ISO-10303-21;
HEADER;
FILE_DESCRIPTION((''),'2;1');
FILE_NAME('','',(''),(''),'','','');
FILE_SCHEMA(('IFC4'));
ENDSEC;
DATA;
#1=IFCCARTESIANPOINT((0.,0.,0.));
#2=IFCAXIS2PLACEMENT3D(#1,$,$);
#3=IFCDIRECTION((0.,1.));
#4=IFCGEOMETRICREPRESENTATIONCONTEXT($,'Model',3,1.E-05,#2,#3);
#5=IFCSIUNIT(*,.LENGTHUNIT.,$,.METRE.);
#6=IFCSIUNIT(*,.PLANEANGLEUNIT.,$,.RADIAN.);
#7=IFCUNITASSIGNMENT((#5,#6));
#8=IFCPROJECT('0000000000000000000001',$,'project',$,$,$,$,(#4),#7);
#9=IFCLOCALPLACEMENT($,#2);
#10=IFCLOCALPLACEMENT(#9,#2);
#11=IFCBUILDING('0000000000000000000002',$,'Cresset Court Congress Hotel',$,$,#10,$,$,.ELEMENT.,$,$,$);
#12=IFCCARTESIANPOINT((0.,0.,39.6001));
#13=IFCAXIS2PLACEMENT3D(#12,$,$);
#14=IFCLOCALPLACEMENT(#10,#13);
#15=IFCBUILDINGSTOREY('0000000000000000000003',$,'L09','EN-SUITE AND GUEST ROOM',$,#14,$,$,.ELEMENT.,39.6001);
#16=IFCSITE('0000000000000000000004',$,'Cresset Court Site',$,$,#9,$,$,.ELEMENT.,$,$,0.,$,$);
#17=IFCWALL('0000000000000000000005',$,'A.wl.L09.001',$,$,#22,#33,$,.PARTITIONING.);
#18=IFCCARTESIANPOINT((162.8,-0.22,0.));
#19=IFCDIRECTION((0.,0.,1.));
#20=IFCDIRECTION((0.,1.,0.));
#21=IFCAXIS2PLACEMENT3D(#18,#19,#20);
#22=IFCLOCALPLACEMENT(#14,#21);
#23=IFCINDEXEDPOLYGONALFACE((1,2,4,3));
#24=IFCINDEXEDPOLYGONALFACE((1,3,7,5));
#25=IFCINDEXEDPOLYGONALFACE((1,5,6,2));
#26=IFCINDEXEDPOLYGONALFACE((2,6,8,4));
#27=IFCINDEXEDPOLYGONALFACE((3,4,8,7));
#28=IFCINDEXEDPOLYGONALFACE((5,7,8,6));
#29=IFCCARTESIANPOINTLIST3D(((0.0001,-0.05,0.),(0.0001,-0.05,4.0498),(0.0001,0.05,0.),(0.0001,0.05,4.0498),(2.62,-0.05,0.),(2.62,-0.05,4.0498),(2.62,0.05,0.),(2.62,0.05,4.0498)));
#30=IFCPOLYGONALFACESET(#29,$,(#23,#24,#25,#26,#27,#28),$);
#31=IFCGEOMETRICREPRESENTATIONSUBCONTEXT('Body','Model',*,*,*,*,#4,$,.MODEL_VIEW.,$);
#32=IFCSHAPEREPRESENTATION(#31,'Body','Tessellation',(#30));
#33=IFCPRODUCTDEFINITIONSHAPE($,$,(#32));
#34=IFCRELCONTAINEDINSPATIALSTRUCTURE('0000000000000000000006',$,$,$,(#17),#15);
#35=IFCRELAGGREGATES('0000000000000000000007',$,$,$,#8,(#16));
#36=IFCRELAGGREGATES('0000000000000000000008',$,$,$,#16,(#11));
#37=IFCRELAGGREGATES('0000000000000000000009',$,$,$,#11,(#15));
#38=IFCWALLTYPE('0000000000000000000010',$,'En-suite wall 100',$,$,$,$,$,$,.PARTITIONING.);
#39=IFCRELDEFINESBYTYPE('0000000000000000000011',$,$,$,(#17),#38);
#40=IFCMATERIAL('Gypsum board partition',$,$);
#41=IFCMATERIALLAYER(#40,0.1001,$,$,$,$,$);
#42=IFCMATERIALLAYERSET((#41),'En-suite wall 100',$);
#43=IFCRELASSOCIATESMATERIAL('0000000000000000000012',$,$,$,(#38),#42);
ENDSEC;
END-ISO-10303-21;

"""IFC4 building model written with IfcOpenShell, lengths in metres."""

from ifc_helpers import new_model, si_unit, direction, frame, frame_2d, origin, place, context, subcontext, project, spatial, rectangle, extrude, material, layer, layer_set, type_object, element, save


model = new_model("IFC4")

# Units and contexts
model_context = context("Model", 3, precision=1e-05, world=origin(), true_north=direction((0.0, 1.0)))
body_context = subcontext(model_context, "Body", "Model", "MODEL_VIEW")
ifc_project = project(units=[si_unit("LENGTHUNIT", "METRE"), si_unit("PLANEANGLEUNIT", "RADIAN")], contexts=[model_context])

# Site, building, storey
site_placement = place(None, origin())
site = spatial("IfcSite", under=ifc_project, at=site_placement, Name="Cresset Court Site", CompositionType="ELEMENT", RefElevation=0.0)
building_placement = place(site_placement, origin())
building = spatial("IfcBuilding", under=site, at=building_placement, Name="Cresset Court Congress Hotel", CompositionType="ELEMENT")
storey_placement = place(building_placement, frame((0.0, 0.0, 39.6001)))
storey = spatial("IfcBuildingStorey", under=building, at=storey_placement, Name="L09", Description="EN-SUITE AND GUEST ROOM", CompositionType="ELEMENT", Elevation=39.6001)

# Wall
ifc_material_1 = material(Name="Gypsum board partition")
ifc_layer_1 = layer(ifc_material_1, 0.1001)
ifc_layer_set_1 = layer_set([ifc_layer_1], Name="En-suite wall 100")
wall_type_1 = type_object("IfcWallType", Name="En-suite wall 100", PredefinedType="PARTITIONING", material=ifc_layer_set_1)
wall_1_placement = place(storey_placement, frame((162.8, -0.22, 0.0), z_axis=(0.0, 0.0, 1.0), x_axis=(0.0, 1.0, 0.0)))
element("IfcWall", 1, at=wall_1_placement, inside=storey, type_object=wall_type_1, Name="A.wl.L09.001", PredefinedType="PARTITIONING", context=body_context, shape_type="SweptSolid", body=[
    extrude(rectangle(XDim=2.6199, YDim=0.1001, at=frame_2d((1.3101, 0.0))), origin(), (0.0, 0.0, 1.0), 4.0498),
])

save(model, "model.ifc")
